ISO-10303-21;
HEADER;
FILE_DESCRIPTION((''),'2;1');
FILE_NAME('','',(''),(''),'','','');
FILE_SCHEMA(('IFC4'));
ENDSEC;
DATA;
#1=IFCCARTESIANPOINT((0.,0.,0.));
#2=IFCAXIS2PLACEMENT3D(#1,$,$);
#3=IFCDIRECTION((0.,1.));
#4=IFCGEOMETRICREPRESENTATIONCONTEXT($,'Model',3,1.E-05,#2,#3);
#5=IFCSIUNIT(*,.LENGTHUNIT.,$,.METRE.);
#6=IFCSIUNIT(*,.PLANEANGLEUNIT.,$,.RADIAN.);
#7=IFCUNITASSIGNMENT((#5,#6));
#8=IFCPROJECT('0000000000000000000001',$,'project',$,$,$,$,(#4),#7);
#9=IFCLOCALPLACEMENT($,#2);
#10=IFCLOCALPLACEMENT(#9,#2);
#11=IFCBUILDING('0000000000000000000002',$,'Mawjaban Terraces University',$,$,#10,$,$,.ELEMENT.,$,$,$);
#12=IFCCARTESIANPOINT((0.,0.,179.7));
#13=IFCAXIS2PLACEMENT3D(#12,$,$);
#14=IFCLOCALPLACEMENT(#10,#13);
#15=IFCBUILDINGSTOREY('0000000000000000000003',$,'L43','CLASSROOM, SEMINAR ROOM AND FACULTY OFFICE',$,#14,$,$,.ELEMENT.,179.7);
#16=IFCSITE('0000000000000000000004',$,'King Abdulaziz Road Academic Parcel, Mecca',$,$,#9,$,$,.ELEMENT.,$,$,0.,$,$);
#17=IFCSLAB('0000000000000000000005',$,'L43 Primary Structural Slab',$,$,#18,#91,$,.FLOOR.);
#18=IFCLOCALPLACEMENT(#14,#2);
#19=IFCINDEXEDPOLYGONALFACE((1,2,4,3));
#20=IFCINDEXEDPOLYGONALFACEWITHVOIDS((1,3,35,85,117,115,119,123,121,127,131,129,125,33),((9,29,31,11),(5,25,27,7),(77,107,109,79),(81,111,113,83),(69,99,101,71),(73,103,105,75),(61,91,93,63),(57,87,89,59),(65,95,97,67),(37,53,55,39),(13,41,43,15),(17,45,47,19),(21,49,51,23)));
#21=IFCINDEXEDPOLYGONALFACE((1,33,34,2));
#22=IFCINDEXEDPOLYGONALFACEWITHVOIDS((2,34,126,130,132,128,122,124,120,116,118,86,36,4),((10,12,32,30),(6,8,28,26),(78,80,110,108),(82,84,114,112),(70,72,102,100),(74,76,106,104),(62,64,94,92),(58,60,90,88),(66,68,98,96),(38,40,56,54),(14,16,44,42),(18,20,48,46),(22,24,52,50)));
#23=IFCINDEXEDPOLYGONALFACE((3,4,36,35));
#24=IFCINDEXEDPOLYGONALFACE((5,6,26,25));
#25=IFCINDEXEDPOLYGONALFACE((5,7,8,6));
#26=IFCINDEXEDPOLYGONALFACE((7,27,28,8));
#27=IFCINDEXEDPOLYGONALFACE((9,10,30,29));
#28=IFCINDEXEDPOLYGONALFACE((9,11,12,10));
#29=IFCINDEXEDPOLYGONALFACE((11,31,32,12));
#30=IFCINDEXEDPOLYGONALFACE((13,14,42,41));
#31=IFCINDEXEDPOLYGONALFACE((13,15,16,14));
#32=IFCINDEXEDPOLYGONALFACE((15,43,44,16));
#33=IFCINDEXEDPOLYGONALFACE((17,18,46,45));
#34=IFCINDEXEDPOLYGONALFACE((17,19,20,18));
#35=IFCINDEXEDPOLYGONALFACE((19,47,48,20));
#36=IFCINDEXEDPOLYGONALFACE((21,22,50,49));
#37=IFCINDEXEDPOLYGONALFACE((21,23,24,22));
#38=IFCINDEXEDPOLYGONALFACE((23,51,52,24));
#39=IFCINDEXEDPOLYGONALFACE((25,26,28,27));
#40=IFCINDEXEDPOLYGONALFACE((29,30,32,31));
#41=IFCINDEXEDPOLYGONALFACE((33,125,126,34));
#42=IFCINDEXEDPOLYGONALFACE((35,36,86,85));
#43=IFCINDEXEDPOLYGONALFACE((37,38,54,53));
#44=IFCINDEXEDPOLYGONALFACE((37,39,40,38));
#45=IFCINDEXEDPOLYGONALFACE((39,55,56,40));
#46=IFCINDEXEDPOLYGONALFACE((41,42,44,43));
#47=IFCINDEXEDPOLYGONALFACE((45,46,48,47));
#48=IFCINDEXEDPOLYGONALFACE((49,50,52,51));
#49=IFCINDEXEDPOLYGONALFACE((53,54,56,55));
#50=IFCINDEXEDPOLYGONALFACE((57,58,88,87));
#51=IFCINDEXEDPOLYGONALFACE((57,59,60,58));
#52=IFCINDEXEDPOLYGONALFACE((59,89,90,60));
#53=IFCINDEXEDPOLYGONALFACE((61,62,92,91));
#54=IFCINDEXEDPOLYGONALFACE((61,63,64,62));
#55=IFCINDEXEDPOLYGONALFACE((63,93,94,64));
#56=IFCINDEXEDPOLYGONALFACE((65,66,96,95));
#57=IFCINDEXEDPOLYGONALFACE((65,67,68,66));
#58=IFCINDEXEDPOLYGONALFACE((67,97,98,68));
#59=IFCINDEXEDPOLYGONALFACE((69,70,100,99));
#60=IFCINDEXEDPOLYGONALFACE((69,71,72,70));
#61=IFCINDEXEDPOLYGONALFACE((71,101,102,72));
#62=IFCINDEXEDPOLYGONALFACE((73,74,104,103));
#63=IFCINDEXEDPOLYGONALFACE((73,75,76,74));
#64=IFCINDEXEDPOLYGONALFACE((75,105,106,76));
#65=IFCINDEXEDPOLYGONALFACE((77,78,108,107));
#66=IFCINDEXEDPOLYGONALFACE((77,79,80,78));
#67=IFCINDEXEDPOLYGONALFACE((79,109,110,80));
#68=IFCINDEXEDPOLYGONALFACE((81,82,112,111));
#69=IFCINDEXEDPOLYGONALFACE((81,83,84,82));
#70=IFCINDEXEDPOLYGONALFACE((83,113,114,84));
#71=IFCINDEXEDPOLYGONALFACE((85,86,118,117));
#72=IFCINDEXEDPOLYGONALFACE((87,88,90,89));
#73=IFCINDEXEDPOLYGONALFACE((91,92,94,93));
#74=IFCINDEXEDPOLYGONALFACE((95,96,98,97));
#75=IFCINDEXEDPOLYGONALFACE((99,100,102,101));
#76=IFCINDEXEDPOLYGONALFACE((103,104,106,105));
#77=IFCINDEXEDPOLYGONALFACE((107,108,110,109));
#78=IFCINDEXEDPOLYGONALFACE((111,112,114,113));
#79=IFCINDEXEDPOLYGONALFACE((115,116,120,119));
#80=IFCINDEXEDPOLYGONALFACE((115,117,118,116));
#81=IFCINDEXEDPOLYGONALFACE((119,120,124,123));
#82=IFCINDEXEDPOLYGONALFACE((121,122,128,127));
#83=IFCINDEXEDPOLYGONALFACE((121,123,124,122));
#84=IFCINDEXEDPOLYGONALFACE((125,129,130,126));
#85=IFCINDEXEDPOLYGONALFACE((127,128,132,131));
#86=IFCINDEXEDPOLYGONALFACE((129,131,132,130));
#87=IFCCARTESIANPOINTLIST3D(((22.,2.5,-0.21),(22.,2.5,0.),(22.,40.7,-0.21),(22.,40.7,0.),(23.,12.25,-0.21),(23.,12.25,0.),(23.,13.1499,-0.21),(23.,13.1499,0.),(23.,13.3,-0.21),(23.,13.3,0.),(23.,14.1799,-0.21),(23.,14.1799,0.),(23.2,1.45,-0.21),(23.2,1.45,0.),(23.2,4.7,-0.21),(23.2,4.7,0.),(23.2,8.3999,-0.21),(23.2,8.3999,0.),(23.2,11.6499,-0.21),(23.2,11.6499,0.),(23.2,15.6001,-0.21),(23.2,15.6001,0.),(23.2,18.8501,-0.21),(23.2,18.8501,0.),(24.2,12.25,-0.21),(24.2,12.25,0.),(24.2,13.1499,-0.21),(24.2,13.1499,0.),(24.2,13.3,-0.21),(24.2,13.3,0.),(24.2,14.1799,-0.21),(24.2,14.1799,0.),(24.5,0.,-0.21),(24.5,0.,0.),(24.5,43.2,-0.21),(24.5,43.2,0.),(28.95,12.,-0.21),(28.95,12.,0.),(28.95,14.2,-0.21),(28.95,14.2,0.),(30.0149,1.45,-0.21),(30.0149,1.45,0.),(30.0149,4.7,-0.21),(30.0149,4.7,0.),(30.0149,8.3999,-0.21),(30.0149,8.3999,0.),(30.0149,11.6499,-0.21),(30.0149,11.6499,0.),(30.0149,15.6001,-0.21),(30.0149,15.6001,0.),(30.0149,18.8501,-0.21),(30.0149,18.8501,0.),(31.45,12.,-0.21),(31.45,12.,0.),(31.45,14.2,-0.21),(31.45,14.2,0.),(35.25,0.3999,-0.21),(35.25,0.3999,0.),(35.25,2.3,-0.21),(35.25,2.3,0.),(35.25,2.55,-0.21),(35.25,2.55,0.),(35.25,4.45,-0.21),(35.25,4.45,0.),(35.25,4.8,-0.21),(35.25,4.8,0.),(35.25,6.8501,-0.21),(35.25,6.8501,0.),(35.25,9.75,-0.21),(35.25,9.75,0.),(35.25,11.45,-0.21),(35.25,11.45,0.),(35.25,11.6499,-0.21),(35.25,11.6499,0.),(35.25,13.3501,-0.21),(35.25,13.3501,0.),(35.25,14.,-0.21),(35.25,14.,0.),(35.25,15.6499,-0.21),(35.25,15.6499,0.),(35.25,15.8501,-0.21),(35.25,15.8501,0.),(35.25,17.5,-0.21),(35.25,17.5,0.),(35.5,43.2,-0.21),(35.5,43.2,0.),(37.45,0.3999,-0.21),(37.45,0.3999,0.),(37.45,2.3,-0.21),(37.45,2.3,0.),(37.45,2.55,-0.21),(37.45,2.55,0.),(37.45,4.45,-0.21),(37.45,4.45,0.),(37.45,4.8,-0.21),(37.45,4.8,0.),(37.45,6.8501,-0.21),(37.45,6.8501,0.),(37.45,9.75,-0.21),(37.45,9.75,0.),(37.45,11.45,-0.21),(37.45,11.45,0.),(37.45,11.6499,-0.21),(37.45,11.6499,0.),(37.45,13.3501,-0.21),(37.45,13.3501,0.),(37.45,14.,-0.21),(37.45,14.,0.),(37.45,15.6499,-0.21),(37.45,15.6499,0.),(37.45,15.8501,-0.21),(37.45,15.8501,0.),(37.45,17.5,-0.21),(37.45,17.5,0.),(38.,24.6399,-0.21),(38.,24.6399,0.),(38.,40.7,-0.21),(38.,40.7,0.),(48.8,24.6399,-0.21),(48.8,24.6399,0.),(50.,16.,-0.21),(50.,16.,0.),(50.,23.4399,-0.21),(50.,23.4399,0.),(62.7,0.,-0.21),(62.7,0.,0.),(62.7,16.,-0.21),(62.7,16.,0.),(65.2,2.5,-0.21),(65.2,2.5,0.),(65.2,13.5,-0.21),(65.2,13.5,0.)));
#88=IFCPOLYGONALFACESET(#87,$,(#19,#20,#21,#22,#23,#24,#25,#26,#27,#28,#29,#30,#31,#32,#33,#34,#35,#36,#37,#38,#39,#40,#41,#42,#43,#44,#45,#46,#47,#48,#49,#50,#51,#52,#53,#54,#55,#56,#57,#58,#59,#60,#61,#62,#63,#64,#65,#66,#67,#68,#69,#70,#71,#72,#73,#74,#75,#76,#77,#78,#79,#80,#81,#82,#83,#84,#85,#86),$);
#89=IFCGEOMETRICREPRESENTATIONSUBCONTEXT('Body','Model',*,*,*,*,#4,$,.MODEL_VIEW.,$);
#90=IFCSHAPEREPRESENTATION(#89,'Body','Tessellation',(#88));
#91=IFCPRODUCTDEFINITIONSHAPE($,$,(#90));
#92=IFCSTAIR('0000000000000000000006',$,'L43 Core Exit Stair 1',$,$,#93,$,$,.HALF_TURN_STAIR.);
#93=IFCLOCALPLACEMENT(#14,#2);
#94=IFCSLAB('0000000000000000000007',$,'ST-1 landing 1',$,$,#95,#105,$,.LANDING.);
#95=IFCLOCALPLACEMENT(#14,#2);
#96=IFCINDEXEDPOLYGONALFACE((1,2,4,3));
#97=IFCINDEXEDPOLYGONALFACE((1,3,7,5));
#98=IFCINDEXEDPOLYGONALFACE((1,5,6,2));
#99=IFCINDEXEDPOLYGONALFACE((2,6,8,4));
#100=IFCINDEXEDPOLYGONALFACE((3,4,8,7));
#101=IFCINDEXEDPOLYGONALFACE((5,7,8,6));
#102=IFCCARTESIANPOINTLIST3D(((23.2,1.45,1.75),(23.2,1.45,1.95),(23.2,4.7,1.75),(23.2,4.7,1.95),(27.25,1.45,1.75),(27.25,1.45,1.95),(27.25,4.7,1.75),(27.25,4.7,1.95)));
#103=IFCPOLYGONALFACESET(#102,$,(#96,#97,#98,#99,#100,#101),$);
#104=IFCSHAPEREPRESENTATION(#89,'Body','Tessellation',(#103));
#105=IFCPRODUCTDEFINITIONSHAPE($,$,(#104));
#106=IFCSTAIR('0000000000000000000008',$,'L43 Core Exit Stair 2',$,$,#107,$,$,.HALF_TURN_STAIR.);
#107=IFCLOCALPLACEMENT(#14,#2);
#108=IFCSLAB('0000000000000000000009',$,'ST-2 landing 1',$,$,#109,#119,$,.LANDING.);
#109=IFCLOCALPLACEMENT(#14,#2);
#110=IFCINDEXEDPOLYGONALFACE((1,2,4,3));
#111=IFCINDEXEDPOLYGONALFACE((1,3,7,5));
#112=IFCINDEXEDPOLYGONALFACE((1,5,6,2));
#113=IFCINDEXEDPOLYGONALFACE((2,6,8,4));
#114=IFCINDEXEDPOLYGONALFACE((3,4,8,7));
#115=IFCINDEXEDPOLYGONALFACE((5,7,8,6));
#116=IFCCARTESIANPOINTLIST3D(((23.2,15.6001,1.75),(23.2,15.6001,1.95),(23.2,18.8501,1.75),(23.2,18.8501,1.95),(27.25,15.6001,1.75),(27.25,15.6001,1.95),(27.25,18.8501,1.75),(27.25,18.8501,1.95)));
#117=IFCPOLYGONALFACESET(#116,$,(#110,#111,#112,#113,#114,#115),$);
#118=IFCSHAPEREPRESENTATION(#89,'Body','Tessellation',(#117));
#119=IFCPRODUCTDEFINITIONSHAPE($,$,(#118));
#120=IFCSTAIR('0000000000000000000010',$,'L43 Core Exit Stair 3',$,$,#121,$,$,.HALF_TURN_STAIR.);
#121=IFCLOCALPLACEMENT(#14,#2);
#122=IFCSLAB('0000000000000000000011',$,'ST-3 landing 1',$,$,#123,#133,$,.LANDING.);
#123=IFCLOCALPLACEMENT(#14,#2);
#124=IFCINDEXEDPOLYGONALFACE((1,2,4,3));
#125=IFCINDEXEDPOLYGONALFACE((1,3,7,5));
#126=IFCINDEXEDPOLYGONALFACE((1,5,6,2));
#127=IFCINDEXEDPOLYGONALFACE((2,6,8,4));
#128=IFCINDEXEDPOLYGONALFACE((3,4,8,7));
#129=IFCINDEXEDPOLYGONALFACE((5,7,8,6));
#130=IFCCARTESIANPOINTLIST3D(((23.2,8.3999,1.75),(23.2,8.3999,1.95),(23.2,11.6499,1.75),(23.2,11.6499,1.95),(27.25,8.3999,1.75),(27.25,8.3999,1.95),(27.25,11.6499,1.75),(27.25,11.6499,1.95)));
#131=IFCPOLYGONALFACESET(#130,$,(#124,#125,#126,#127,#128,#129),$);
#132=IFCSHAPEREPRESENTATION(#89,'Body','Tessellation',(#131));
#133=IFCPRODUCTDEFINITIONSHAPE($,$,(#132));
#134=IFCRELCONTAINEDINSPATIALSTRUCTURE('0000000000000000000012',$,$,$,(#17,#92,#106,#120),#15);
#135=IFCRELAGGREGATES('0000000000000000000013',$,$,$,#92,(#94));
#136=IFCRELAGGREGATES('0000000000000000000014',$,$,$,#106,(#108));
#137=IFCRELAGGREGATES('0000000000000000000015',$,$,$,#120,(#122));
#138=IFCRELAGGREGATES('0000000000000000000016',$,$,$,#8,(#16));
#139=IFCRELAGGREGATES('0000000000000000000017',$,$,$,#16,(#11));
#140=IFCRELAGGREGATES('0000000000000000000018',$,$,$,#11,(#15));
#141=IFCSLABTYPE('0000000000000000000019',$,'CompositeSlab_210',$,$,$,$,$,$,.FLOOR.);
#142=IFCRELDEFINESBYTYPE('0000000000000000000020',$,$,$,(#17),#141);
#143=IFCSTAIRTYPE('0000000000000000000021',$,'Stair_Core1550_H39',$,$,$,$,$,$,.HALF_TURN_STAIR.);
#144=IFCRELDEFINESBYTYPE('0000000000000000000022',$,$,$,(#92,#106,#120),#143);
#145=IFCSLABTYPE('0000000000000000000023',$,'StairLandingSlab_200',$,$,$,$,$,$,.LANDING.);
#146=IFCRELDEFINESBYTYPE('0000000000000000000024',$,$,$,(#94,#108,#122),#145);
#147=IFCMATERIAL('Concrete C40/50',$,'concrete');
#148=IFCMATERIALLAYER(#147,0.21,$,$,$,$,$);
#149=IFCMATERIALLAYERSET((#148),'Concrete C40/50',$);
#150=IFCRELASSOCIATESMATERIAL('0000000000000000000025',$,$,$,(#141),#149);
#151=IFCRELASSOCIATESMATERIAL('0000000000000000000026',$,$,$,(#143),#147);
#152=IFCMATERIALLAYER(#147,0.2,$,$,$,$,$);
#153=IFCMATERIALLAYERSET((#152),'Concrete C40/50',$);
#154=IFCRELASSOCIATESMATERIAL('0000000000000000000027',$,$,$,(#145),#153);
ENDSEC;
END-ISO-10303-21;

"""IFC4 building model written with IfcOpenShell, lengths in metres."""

from ifc_helpers import new_model, si_unit, direction, frame, origin, place, context, subcontext, project, spatial, polyline, outline, extrude, material, layer, layer_set, type_object, element, aggregate, save


model = new_model("IFC4")

# Units and contexts
model_context = context("Model", 3, precision=1e-05, world=origin(), true_north=direction((0.0, 1.0)))
body_context = subcontext(model_context, "Body", "Model", "MODEL_VIEW")
ifc_project = project(units=[si_unit("LENGTHUNIT", "METRE"), si_unit("PLANEANGLEUNIT", "RADIAN")], contexts=[model_context])

# Site, building, storey
site_placement = place(None, origin())
site = spatial("IfcSite", under=ifc_project, at=site_placement, Name="King Abdulaziz Road Academic Parcel, Mecca", CompositionType="ELEMENT", RefElevation=0.0)
building_placement = place(site_placement, origin())
building = spatial("IfcBuilding", under=site, at=building_placement, Name="Mawjaban Terraces University", CompositionType="ELEMENT")
storey_placement = place(building_placement, frame((0.0, 0.0, 179.7)))
storey = spatial("IfcBuildingStorey", under=building, at=storey_placement, Name="L43", Description="CLASSROOM, SEMINAR ROOM AND FACULTY OFFICE", CompositionType="ELEMENT", Elevation=179.7)

# Slab
ifc_material_1 = material(Name="Concrete C40/50", Category="concrete")
ifc_layer_1 = layer(ifc_material_1, 0.21)
ifc_layer_set_1 = layer_set([ifc_layer_1], Name="Concrete C40/50")
slab_type_1 = type_object("IfcSlabType", Name="CompositeSlab_210", PredefinedType="FLOOR", material=ifc_layer_set_1)
slab_1_placement = place(storey_placement, frame((0.0, 0.0, -0.21)))
element("IfcSlab", 1, at=slab_1_placement, inside=storey, type_object=slab_type_1, Name="L43 Primary Structural Slab", PredefinedType="FLOOR", context=body_context, shape_type="SweptSolid", body=[
    extrude(outline(polyline([(24.5, 0.0), (62.7, 0.0), (65.2, 2.5), (65.2, 13.5), (62.7, 16.0), (50.0, 16.0), (50.0, 23.4399), (48.8, 24.6399), (38.0, 24.6399), (38.0, 40.7), (35.5, 43.2), (24.5, 43.2), (22.0, 40.7), (22.0, 2.5), (24.5, 0.0)]), holes=[polyline([(30.0149, 4.7), (23.2, 4.7), (23.2, 1.45), (30.0149, 1.45), (30.0149, 4.7)]), polyline([(30.0149, 18.8501), (23.2, 18.8501), (23.2, 15.6001), (30.0149, 15.6001), (30.0149, 18.8501)]), polyline([(30.0149, 11.6499), (23.2, 11.6499), (23.2, 8.3999), (30.0149, 8.3999), (30.0149, 11.6499)]), polyline([(35.25, 0.3999), (37.45, 0.3999), (37.45, 2.3), (35.25, 2.3), (35.25, 0.3999)]), polyline([(35.25, 2.55), (37.45, 2.55), (37.45, 4.45), (35.25, 4.45), (35.25, 2.55)]), polyline([(35.25, 4.8), (37.45, 4.8), (37.45, 6.8501), (35.25, 6.8501), (35.25, 4.8)]), polyline([(35.25, 9.75), (37.45, 9.75), (37.45, 11.45), (35.25, 11.45), (35.25, 9.75)]), polyline([(35.25, 11.6499), (37.45, 11.6499), (37.45, 13.3501), (35.25, 13.3501), (35.25, 11.6499)]), polyline([(28.95, 12.0), (31.45, 12.0), (31.45, 14.2), (28.95, 14.2), (28.95, 12.0)]), polyline([(35.25, 14.0), (37.45, 14.0), (37.45, 15.6499), (35.25, 15.6499), (35.25, 14.0)]), polyline([(35.25, 15.8501), (37.45, 15.8501), (37.45, 17.5), (35.25, 17.5), (35.25, 15.8501)]), polyline([(23.0, 12.25), (24.2, 12.25), (24.2, 13.1499), (23.0, 13.1499), (23.0, 12.25)]), polyline([(23.0, 13.3), (24.2, 13.3), (24.2, 14.1799), (23.0, 14.1799), (23.0, 13.3)])]), origin(), (0.0, 0.0, 1.0), 0.21),
])

# Stairs, slabs
stair_type = type_object("IfcStairType", Name="Stair_Core1550_H39", PredefinedType="HALF_TURN_STAIR", material=ifc_material_1)
stair_1_placement = place(storey_placement, origin())
stair_1 = element("IfcStair", 2, at=stair_1_placement, inside=storey, type_object=stair_type, Name="L43 Core Exit Stair 1", PredefinedType="HALF_TURN_STAIR")
ifc_layer_2 = layer(ifc_material_1, 0.2)
ifc_layer_set_2 = layer_set([ifc_layer_2], Name="Concrete C40/50")
slab_type_2 = type_object("IfcSlabType", Name="StairLandingSlab_200", PredefinedType="LANDING", material=ifc_layer_set_2)
slab_2_placement = place(storey_placement, frame((0.0, 0.0, 1.75)))
slab_2 = element("IfcSlab", 3, at=slab_2_placement, type_object=slab_type_2, Name="ST-1 landing 1", PredefinedType="LANDING", context=body_context, shape_type="SweptSolid", body=[
    extrude(outline(polyline([(27.25, 4.7), (23.2, 4.7), (23.2, 1.45), (27.25, 1.45), (27.25, 4.7)])), origin(), (0.0, 0.0, 1.0), 0.2),
])
aggregate(stair_1, [slab_2])
stair_2_placement = place(storey_placement, origin())
stair_2 = element("IfcStair", 4, at=stair_2_placement, inside=storey, type_object=stair_type, Name="L43 Core Exit Stair 2", PredefinedType="HALF_TURN_STAIR")
slab_3_placement = place(storey_placement, frame((0.0, 0.0, 1.75)))
slab_3 = element("IfcSlab", 5, at=slab_3_placement, type_object=slab_type_2, Name="ST-2 landing 1", PredefinedType="LANDING", context=body_context, shape_type="SweptSolid", body=[
    extrude(outline(polyline([(27.25, 18.8501), (23.2, 18.8501), (23.2, 15.6001), (27.25, 15.6001), (27.25, 18.8501)])), origin(), (0.0, 0.0, 1.0), 0.2),
])
aggregate(stair_2, [slab_3])
stair_3_placement = place(storey_placement, origin())
stair_3 = element("IfcStair", 6, at=stair_3_placement, inside=storey, type_object=stair_type, Name="L43 Core Exit Stair 3", PredefinedType="HALF_TURN_STAIR")
slab_4_placement = place(storey_placement, frame((0.0, 0.0, 1.75)))
slab_4 = element("IfcSlab", 7, at=slab_4_placement, type_object=slab_type_2, Name="ST-3 landing 1", PredefinedType="LANDING", context=body_context, shape_type="SweptSolid", body=[
    extrude(outline(polyline([(27.25, 11.6499), (23.2, 11.6499), (23.2, 8.3999), (27.25, 8.3999), (27.25, 11.6499)])), origin(), (0.0, 0.0, 1.0), 0.2),
])
aggregate(stair_3, [slab_4])

save(model, "model.ifc")
